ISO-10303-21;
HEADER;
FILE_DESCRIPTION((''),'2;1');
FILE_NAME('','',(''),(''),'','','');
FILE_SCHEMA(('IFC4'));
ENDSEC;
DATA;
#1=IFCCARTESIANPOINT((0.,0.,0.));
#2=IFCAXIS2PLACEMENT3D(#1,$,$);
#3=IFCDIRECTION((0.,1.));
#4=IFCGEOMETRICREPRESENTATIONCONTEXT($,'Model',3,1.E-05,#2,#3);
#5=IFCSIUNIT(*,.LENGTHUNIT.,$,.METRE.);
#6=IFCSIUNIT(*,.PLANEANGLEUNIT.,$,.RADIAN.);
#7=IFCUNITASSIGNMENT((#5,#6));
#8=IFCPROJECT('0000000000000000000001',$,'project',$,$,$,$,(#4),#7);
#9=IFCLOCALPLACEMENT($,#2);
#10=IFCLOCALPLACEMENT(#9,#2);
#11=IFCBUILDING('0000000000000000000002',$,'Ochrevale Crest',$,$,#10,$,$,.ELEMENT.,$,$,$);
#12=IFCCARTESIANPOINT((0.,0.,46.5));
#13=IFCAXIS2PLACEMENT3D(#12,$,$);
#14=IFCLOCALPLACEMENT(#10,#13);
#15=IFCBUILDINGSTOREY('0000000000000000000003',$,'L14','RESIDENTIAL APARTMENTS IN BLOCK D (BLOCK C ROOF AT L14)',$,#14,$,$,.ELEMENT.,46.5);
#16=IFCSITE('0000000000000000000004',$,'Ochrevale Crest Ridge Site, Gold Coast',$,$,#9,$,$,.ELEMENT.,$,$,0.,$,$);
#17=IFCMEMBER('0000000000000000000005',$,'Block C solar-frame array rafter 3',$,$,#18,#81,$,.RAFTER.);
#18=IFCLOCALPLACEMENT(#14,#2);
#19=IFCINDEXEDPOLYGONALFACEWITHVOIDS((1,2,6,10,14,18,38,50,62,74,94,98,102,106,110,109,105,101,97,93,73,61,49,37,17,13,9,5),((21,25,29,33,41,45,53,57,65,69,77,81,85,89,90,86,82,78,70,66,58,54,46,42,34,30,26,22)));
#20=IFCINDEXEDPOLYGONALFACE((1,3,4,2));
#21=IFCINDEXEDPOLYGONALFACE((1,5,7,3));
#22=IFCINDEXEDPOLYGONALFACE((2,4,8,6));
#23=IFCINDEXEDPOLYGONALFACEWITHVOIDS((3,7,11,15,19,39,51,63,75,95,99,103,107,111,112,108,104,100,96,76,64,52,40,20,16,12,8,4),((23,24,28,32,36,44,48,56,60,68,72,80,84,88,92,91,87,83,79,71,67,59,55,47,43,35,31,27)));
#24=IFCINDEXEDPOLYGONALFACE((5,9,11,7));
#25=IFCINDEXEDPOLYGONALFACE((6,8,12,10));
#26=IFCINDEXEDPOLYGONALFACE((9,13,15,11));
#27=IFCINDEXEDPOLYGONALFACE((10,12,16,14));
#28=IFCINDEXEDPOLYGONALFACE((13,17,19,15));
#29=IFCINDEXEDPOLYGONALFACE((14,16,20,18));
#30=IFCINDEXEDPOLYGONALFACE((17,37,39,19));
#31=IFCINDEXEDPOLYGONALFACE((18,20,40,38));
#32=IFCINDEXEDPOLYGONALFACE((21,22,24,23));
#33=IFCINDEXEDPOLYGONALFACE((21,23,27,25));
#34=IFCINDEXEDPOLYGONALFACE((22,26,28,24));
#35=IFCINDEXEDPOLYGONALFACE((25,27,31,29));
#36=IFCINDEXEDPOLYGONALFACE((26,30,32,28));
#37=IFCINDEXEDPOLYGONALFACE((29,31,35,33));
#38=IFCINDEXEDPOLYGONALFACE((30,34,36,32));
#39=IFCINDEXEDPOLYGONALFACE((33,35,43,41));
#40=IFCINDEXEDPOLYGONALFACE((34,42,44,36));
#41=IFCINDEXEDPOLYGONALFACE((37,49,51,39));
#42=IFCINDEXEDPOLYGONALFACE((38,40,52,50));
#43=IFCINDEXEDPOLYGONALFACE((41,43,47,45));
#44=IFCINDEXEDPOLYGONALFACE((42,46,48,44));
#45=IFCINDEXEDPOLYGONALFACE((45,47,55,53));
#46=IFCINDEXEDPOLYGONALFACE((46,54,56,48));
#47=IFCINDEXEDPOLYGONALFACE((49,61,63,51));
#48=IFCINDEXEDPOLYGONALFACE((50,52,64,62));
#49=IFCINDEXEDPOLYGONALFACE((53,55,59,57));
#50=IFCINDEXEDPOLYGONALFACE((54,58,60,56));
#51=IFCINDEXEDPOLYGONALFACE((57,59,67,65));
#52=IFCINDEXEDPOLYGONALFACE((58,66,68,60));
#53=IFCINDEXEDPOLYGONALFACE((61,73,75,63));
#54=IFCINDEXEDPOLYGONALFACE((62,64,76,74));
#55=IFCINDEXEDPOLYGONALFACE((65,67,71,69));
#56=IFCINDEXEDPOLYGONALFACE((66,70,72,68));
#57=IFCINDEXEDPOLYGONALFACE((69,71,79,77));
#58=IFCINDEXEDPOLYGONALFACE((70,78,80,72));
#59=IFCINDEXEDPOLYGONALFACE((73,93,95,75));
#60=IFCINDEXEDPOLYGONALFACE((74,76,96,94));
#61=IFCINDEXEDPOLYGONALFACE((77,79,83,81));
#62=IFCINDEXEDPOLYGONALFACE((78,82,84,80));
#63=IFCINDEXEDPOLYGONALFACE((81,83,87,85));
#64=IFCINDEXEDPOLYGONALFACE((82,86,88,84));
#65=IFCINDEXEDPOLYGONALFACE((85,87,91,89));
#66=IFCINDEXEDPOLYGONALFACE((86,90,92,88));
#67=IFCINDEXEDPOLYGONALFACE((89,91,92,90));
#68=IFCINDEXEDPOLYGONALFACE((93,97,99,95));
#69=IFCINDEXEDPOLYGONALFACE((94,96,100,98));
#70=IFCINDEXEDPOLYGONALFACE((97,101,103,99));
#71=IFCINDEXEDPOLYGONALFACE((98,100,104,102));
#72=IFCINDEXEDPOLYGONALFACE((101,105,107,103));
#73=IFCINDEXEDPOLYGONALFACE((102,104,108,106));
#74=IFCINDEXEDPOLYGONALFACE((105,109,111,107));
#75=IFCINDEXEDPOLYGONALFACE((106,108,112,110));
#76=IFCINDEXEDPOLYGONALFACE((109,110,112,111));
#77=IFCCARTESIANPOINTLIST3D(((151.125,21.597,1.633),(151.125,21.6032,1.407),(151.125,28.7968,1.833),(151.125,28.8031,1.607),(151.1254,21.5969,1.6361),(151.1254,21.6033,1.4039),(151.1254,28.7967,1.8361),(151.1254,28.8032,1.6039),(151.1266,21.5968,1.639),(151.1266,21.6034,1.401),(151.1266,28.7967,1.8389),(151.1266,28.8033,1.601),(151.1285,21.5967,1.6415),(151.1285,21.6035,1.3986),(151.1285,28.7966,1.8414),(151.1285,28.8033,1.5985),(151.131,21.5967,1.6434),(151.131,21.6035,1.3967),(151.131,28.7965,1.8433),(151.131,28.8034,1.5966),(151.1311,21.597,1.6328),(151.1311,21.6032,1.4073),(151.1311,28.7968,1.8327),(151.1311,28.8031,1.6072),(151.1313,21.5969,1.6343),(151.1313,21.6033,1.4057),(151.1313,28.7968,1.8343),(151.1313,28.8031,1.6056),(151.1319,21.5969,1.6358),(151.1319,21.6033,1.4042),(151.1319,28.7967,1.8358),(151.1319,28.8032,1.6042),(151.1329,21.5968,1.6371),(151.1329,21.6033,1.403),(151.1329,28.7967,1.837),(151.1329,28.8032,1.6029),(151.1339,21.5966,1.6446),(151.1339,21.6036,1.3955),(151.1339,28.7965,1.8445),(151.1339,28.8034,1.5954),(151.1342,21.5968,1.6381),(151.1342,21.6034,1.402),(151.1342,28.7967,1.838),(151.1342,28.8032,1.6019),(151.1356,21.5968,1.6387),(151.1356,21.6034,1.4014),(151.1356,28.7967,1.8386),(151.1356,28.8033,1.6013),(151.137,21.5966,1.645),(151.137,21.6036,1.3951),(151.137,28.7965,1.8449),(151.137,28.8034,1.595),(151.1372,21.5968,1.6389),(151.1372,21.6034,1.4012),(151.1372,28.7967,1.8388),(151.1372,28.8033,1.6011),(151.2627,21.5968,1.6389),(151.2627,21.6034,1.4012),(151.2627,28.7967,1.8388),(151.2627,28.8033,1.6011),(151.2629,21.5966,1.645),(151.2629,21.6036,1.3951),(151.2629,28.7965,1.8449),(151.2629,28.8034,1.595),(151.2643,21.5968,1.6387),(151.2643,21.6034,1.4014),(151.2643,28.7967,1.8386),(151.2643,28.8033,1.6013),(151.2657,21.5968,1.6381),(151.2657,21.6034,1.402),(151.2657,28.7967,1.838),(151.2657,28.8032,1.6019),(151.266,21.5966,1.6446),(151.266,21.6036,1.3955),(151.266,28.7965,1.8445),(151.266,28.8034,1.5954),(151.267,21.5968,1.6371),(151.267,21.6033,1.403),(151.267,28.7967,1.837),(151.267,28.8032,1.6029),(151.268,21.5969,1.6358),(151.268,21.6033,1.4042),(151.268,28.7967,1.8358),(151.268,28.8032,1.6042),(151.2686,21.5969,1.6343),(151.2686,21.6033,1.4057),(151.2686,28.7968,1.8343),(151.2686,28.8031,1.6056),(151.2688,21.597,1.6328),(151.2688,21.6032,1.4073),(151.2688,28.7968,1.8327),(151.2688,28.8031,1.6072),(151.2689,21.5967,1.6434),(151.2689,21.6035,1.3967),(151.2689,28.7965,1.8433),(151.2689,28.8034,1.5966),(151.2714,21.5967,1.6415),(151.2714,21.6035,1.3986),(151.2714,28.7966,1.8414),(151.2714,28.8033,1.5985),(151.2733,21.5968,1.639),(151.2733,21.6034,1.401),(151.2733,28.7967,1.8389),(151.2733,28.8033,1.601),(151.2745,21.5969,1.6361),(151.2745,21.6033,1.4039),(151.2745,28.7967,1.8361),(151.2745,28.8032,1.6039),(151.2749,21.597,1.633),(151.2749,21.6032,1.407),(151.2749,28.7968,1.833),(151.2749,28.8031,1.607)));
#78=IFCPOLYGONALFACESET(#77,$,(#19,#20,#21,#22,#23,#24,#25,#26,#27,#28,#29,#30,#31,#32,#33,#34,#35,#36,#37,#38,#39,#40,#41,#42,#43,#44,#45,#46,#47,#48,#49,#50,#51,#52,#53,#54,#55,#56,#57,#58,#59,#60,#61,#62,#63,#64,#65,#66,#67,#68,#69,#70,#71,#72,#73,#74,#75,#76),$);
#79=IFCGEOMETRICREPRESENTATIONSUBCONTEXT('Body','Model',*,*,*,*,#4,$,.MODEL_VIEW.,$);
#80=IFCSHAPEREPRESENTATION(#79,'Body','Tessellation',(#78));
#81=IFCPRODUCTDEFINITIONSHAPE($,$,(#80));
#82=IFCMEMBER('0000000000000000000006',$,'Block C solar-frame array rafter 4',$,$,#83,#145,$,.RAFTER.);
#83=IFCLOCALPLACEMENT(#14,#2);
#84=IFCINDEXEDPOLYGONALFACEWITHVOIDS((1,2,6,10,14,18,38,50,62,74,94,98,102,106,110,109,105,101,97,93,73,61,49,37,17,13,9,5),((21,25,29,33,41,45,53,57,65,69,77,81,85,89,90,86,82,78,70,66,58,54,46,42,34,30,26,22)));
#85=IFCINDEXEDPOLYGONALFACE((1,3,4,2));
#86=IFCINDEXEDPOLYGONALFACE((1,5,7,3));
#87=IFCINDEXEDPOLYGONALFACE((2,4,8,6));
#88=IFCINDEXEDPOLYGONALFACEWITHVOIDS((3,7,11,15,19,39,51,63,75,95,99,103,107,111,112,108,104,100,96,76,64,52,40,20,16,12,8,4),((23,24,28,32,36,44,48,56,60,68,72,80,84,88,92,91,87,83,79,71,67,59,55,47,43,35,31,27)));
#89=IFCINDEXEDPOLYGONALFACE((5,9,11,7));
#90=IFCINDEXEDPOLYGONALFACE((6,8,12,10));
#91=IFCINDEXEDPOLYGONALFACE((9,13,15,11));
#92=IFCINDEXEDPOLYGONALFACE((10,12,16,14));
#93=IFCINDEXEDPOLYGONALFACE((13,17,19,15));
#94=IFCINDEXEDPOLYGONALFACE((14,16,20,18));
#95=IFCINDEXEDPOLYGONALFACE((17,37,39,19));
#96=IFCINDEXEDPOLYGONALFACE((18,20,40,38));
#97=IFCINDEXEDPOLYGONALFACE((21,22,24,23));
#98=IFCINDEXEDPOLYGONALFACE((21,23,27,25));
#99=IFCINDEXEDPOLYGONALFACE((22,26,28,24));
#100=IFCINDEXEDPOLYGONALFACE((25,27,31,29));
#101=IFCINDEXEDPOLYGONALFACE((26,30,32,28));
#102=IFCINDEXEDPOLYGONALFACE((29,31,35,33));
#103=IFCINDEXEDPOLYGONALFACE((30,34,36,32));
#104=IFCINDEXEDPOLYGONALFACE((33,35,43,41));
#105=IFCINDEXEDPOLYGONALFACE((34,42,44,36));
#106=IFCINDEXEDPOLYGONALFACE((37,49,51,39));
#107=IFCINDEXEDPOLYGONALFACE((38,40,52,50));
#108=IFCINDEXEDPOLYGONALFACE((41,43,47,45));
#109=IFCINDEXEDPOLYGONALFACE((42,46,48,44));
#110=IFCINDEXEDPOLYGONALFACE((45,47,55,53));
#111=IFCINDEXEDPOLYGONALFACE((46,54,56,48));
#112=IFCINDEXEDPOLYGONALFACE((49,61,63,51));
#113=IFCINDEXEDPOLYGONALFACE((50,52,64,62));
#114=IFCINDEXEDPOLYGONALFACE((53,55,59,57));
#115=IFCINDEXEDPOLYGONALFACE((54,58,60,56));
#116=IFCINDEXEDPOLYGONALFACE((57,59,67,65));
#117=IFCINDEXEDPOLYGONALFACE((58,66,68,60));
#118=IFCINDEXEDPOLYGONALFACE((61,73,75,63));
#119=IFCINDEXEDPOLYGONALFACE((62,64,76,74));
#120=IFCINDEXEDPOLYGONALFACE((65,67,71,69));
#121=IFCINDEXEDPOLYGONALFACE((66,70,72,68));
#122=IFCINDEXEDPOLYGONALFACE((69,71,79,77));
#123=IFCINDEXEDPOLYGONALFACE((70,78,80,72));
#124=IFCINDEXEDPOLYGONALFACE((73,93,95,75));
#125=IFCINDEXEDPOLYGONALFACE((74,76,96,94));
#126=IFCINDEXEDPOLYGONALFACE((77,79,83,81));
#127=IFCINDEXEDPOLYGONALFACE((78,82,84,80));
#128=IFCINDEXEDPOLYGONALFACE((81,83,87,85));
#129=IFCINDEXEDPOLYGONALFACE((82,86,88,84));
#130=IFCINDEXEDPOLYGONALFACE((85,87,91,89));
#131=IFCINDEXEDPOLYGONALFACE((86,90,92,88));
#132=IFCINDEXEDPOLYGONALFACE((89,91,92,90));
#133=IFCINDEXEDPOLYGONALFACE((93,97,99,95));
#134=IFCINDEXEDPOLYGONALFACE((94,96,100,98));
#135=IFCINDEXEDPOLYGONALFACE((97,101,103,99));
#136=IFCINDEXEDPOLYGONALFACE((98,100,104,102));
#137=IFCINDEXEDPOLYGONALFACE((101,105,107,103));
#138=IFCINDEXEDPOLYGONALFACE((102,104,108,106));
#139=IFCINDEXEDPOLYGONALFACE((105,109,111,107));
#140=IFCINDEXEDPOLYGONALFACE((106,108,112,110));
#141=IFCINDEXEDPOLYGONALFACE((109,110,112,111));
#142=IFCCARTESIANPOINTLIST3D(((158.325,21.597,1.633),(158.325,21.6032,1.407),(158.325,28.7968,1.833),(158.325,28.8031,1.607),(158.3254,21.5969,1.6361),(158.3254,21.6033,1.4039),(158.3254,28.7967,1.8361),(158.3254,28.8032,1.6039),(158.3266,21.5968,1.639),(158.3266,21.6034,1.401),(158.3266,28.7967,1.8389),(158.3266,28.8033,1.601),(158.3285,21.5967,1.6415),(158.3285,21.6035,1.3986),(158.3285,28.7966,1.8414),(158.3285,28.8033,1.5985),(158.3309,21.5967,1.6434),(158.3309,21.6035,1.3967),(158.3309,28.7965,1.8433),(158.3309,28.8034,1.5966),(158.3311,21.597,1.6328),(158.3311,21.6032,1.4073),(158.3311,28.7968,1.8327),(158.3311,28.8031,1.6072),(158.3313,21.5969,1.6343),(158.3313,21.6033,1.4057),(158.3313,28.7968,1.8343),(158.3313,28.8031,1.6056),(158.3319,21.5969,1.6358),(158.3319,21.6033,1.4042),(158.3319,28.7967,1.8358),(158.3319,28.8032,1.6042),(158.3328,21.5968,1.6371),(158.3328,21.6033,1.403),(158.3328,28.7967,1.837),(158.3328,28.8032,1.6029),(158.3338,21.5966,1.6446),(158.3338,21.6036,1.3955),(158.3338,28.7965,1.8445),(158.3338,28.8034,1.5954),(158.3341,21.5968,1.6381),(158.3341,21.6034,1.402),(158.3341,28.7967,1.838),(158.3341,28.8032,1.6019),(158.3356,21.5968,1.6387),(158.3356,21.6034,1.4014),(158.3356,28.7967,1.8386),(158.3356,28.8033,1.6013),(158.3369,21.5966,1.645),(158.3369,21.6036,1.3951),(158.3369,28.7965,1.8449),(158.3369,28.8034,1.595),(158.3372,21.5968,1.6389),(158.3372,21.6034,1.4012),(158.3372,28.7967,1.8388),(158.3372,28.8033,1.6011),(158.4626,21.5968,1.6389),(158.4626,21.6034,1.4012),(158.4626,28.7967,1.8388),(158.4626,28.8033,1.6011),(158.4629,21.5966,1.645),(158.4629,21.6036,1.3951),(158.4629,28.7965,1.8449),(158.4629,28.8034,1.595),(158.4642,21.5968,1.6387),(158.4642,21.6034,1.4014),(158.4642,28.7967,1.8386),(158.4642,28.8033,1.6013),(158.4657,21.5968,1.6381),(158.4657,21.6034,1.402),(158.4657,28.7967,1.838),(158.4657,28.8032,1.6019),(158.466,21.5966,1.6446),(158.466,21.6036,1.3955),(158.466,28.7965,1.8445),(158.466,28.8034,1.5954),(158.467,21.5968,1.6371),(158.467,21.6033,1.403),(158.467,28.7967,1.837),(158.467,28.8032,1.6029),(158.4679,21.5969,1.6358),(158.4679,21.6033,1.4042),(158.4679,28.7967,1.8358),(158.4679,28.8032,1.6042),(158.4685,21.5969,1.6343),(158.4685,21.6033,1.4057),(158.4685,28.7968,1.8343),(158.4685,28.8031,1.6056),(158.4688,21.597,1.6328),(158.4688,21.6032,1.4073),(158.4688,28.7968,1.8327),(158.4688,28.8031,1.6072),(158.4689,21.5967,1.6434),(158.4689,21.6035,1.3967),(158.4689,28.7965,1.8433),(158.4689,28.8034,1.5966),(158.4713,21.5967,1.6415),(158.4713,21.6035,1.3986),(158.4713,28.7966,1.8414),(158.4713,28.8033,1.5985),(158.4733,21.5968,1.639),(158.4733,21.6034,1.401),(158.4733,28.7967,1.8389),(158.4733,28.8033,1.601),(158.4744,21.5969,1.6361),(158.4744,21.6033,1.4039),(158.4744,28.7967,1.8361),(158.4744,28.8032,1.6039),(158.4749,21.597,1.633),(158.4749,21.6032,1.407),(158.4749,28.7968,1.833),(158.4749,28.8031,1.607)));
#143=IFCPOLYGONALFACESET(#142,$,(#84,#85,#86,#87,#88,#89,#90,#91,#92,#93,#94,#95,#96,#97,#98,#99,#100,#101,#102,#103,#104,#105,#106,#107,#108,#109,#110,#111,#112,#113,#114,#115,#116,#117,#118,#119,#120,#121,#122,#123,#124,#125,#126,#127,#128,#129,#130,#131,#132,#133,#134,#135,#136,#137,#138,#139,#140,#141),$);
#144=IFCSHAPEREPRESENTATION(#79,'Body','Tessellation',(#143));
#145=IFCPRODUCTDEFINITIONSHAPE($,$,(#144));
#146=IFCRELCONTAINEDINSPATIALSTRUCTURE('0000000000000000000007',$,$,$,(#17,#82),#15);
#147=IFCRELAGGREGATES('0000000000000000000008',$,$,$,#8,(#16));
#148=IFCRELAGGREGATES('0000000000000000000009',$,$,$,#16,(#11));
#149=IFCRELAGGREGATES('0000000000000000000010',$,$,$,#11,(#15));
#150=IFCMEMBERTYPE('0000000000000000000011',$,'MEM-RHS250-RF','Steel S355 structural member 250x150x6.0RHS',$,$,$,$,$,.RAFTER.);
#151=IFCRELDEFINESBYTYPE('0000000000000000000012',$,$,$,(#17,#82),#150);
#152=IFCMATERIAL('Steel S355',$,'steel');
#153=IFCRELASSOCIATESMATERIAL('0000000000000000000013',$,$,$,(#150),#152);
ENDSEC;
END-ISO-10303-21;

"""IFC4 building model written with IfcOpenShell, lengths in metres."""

from ifc_helpers import new_model, si_unit, direction, frame, origin, origin_2d, place, context, subcontext, project, spatial, hollow_rectangle, extrude, material, material_profile, profile_set, type_object, element, save


model = new_model("IFC4")

# Units and contexts
model_context = context("Model", 3, precision=1e-05, world=origin(), true_north=direction((0.0, 1.0)))
body_context = subcontext(model_context, "Body", "Model", "MODEL_VIEW")
ifc_project = project(units=[si_unit("LENGTHUNIT", "METRE"), si_unit("PLANEANGLEUNIT", "RADIAN")], contexts=[model_context])

# Site, building, storey
site_placement = place(None, origin())
site = spatial("IfcSite", under=ifc_project, at=site_placement, Name="Ochrevale Crest Ridge Site, Gold Coast", CompositionType="ELEMENT", RefElevation=0.0)
building_placement = place(site_placement, origin())
building = spatial("IfcBuilding", under=site, at=building_placement, Name="Ochrevale Crest", CompositionType="ELEMENT")
storey_placement = place(building_placement, frame((0.0, 0.0, 46.5)))
storey = spatial("IfcBuildingStorey", under=building, at=storey_placement, Name="L14", Description="RESIDENTIAL APARTMENTS IN BLOCK D (BLOCK C ROOF AT L14)", CompositionType="ELEMENT", Elevation=46.5)

# Shared definitions
ifc_material_1 = material(Name="Steel S355", Category="steel")

# Members
ifc_material_profile_1 = material_profile(ifc_material_1, hollow_rectangle(XDim=0.1499, YDim=0.25, WallThickness=0.0061, InnerFilletRadius=0.0061, OuterFilletRadius=0.012, at=origin_2d()), Name="250x150x6.0RHS")
ifc_profile_set_1 = profile_set([ifc_material_profile_1], Name="Steel S355")
member_type_1 = type_object("IfcMemberType", Name="MEM-RHS250-RF", Description="Steel S355 structural member 250x150x6.0RHS", PredefinedType="RAFTER", material=ifc_profile_set_1)
for number, where, z_axis, x_axis, name in (
    (1, (151.2, 21.6001, 1.52), (0.0, 0.999615, 0.02776), (-1.0, 0.0, 0.0), "Block C solar-frame array rafter 3"),
    (2, (158.3999, 21.6001, 1.52), (0.0, 0.999615, 0.02776), (-1.0, 0.0, 0.0), "Block C solar-frame array rafter 4"),
):
    element("IfcMember", number, at=place(storey_placement, frame(where, z_axis=z_axis, x_axis=x_axis)), inside=storey, type_object=member_type_1, Name=name, PredefinedType="RAFTER", context=body_context, shape_type="SweptSolid", body=[
        extrude(hollow_rectangle(XDim=0.1499, YDim=0.25, WallThickness=0.0061, InnerFilletRadius=0.0061, OuterFilletRadius=0.012, at=origin_2d()), origin(), (0.0, 0.0, 1.0), 7.2026),
    ])

save(model, "model.ifc")
